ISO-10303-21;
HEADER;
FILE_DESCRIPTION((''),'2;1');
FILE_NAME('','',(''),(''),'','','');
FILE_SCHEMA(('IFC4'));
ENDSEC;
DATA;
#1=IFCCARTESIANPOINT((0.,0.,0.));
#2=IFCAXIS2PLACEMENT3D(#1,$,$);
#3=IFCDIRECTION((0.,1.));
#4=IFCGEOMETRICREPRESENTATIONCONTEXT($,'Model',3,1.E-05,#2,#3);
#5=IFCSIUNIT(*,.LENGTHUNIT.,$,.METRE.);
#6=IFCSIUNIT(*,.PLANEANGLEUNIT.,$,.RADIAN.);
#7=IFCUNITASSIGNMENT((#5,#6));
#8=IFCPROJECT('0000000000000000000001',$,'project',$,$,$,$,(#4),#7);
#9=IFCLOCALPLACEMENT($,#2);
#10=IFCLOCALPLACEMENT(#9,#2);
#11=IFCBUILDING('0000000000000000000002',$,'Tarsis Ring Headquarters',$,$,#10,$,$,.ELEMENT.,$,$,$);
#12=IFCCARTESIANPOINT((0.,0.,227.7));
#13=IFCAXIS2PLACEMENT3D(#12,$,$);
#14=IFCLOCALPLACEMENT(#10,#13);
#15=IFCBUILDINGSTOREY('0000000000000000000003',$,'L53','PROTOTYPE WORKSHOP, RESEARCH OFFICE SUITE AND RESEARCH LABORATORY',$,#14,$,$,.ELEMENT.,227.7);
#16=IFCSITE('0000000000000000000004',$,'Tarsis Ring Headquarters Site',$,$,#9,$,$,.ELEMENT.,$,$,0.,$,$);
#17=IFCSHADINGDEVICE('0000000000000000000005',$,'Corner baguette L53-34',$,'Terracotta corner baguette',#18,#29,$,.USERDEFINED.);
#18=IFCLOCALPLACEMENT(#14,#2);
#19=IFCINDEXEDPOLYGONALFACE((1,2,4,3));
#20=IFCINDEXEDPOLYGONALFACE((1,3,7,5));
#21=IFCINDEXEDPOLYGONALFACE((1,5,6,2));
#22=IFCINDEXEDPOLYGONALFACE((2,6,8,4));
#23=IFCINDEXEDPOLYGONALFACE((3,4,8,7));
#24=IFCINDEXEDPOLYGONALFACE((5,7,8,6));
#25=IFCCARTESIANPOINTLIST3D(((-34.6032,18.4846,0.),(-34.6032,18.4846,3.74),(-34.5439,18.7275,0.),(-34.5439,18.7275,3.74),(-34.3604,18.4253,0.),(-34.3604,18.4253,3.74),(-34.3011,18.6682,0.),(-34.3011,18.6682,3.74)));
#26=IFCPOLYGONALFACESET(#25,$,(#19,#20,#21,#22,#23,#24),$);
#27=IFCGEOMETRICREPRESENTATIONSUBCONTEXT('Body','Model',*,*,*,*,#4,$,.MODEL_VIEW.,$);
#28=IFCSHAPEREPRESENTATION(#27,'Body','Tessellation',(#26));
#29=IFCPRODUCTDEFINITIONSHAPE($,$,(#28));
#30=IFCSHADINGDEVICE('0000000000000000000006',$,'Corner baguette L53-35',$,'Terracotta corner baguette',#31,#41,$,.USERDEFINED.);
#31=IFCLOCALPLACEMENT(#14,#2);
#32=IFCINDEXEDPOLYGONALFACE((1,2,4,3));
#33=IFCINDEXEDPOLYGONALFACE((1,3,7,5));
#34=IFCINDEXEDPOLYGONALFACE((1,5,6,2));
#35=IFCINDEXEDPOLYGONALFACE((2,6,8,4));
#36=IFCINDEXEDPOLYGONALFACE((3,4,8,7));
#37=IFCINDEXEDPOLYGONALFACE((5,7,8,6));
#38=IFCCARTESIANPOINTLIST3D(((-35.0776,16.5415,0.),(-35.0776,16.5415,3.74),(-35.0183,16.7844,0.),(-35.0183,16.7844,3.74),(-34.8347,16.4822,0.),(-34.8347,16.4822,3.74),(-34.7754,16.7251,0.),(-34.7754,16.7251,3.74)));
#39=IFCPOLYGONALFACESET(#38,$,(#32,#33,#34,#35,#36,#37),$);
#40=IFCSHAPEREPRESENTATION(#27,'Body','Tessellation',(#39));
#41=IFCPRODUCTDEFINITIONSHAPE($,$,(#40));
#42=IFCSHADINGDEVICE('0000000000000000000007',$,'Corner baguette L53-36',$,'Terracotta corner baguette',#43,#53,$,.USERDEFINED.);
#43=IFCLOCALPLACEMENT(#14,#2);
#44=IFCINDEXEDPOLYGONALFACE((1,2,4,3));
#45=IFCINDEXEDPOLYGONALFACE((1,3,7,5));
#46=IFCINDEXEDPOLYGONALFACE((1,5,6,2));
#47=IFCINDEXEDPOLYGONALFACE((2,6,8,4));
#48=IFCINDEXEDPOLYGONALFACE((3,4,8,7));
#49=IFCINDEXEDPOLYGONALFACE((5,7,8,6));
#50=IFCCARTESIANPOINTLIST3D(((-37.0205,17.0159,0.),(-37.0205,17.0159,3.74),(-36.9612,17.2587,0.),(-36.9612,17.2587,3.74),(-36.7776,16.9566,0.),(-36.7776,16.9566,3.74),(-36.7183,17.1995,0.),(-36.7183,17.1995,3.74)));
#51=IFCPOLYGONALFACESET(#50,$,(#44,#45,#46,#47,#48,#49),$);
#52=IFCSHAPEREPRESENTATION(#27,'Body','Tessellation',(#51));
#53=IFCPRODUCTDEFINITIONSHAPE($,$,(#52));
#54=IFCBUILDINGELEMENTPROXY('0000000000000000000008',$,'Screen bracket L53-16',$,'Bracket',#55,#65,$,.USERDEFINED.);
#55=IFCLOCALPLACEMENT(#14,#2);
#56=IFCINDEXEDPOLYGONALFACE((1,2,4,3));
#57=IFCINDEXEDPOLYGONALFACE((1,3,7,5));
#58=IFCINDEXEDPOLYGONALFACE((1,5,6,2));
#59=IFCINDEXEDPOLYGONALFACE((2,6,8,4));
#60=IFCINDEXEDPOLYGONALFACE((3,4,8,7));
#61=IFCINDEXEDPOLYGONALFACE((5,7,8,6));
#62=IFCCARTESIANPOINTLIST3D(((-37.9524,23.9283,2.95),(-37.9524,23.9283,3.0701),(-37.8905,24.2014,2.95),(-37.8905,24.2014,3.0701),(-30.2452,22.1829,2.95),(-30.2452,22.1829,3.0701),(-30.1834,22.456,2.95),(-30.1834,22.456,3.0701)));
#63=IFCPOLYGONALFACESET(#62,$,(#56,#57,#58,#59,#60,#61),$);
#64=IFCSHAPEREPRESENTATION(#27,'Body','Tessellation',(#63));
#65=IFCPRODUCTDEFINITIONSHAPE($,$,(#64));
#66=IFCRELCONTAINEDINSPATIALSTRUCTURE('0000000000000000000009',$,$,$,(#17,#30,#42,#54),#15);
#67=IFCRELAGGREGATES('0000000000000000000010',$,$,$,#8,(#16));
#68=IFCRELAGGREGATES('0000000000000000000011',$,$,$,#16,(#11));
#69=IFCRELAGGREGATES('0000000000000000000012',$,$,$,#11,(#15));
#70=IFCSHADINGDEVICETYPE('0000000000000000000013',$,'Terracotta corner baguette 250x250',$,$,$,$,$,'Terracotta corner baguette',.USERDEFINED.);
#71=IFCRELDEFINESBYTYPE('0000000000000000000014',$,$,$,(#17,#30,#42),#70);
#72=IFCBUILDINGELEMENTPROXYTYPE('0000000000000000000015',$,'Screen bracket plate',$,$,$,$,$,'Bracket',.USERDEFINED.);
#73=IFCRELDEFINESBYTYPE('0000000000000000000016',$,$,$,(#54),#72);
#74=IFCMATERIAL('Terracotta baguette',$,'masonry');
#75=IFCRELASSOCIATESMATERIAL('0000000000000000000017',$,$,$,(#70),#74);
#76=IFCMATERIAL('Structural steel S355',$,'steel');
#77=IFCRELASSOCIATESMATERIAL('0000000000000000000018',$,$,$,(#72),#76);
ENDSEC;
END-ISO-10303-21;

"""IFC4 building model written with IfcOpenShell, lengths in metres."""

from ifc_helpers import new_model, si_unit, direction, frame, origin, origin_2d, place, context, subcontext, project, spatial, rectangle, extrude, material, type_object, element, save


model = new_model("IFC4")

# Units and contexts
model_context = context("Model", 3, precision=1e-05, world=origin(), true_north=direction((0.0, 1.0)))
body_context = subcontext(model_context, "Body", "Model", "MODEL_VIEW")
ifc_project = project(units=[si_unit("LENGTHUNIT", "METRE"), si_unit("PLANEANGLEUNIT", "RADIAN")], contexts=[model_context])

# Site, building, storey
site_placement = place(None, origin())
site = spatial("IfcSite", under=ifc_project, at=site_placement, Name="Tarsis Ring Headquarters Site", CompositionType="ELEMENT", RefElevation=0.0)
building_placement = place(site_placement, origin())
building = spatial("IfcBuilding", under=site, at=building_placement, Name="Tarsis Ring Headquarters", CompositionType="ELEMENT")
storey_placement = place(building_placement, frame((0.0, 0.0, 227.7)))
storey = spatial("IfcBuildingStorey", under=building, at=storey_placement, Name="L53", Description="PROTOTYPE WORKSHOP, RESEARCH OFFICE SUITE AND RESEARCH LABORATORY", CompositionType="ELEMENT", Elevation=227.7)

# Shared definitions
ifc_material_1 = material(Name="Structural steel S355", Category="steel")

# Shading devices
ifc_material_2 = material(Name="Terracotta baguette", Category="masonry")
shading_device_type_1 = type_object("IfcShadingDeviceType", Name="Terracotta corner baguette 250x250", ElementType="Terracotta corner baguette", PredefinedType="USERDEFINED", material=ifc_material_2)
for number, where, z_axis, x_axis, name in (
    (1, (-34.4521, 18.5764, 0.0), (0.0, 0.0, 1.0), (-0.971466, 0.237177, 0.0), "Corner baguette L53-34"),
    (2, (-34.9265, 16.6333, 0.0), (0.0, 0.0, 1.0), (-0.237177, -0.971466, 0.0), "Corner baguette L53-35"),
    (3, (-36.8694, 17.1077, 0.0), (0.0, 0.0, 1.0), (-0.971466, 0.237177, 0.0), "Corner baguette L53-36"),
):
    element("IfcShadingDevice", number, at=place(storey_placement, frame(where, z_axis=z_axis, x_axis=x_axis)), inside=storey, type_object=shading_device_type_1, Name=name, ObjectType="Terracotta corner baguette", PredefinedType="USERDEFINED", context=body_context, shape_type="SweptSolid", body=[
        extrude(rectangle(XDim=0.25, YDim=0.25, at=origin_2d()), origin(), (0.0, 0.0, 1.0), 3.74),
    ])

# Building element proxy
building_element_proxy_type = type_object("IfcBuildingElementProxyType", Name="Screen bracket plate", ElementType="Bracket", PredefinedType="USERDEFINED", material=ifc_material_1)
proxy_placement = place(storey_placement, frame((-34.0679, 23.1921, 2.95), z_axis=(0.0, 0.0, 1.0), x_axis=(-0.975304, 0.220868, 0.0)))
element("IfcBuildingElementProxy", 4, at=proxy_placement, inside=storey, type_object=building_element_proxy_type, Name="Screen bracket L53-16", ObjectType="Bracket", PredefinedType="USERDEFINED", context=body_context, shape_type="SweptSolid", body=[
    extrude(rectangle(XDim=7.9023, YDim=0.28, at=origin_2d()), origin(), (0.0, 0.0, 1.0), 0.1201),
])

save(model, "model.ifc")
